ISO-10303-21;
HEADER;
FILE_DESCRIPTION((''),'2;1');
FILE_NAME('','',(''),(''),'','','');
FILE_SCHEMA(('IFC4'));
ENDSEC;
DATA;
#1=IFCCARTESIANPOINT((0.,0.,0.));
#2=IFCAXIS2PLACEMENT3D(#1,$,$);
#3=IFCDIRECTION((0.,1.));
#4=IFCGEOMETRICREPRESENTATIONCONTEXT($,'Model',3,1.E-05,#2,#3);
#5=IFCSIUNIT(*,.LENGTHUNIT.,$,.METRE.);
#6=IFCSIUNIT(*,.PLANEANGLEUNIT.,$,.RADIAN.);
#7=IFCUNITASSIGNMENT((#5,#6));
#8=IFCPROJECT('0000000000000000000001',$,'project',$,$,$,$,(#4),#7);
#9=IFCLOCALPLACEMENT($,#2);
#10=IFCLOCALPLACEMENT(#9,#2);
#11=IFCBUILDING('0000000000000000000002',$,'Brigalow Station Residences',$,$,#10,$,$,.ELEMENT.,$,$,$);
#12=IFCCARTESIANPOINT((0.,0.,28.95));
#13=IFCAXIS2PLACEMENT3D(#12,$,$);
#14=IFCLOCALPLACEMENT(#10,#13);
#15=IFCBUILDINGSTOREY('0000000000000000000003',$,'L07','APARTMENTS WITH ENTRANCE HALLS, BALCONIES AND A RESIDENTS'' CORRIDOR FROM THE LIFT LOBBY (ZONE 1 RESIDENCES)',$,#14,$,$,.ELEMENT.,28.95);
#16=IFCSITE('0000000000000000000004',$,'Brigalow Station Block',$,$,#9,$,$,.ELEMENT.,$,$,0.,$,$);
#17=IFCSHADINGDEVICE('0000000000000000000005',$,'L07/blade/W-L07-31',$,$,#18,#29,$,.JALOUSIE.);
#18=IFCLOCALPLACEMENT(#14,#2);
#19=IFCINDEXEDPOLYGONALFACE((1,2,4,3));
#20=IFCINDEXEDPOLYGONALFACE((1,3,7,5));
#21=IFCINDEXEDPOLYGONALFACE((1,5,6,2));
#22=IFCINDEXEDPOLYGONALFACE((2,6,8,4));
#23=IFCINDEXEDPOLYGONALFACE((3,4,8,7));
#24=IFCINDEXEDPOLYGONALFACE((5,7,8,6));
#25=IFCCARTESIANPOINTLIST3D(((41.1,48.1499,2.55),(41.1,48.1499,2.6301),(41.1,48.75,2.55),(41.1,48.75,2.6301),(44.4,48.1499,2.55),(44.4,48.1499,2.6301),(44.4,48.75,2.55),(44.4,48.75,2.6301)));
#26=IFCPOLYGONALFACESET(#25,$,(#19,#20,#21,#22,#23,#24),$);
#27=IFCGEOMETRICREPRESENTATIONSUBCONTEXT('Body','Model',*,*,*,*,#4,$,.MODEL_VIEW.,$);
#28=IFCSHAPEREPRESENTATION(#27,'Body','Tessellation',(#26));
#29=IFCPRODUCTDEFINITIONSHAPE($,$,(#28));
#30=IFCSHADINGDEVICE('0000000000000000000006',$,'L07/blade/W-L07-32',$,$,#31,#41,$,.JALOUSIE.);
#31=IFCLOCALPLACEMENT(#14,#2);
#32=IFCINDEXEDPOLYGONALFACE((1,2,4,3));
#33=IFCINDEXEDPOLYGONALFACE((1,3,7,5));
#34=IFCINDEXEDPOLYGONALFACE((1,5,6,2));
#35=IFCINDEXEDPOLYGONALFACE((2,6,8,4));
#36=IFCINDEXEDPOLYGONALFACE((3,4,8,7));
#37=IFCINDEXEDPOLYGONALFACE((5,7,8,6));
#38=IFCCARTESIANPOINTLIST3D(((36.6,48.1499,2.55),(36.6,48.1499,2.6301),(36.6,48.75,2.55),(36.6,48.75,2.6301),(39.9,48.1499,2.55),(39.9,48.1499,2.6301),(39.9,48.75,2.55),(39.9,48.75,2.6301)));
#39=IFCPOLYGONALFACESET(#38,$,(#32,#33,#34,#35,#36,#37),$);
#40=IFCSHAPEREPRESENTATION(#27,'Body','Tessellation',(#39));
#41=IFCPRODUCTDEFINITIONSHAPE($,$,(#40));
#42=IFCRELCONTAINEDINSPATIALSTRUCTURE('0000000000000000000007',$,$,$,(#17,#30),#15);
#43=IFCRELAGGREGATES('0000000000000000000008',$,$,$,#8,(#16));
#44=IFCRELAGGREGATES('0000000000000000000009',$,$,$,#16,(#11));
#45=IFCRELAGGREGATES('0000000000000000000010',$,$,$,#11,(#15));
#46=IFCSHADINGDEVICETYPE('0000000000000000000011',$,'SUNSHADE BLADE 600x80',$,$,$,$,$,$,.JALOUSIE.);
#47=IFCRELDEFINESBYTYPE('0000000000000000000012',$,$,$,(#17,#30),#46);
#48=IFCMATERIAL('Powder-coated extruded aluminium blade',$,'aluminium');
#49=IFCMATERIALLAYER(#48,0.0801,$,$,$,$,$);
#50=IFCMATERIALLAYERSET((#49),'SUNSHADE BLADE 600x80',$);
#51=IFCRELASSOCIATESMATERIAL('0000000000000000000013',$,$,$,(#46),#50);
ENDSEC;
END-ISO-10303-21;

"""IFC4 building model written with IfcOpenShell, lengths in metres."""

from ifc_helpers import new_model, si_unit, direction, frame, origin, origin_2d, place, context, subcontext, project, spatial, rectangle, extrude, material, layer, layer_set, type_object, element, save


model = new_model("IFC4")

# Units and contexts
model_context = context("Model", 3, precision=1e-05, world=origin(), true_north=direction((0.0, 1.0)))
body_context = subcontext(model_context, "Body", "Model", "MODEL_VIEW")
ifc_project = project(units=[si_unit("LENGTHUNIT", "METRE"), si_unit("PLANEANGLEUNIT", "RADIAN")], contexts=[model_context])

# Site, building, storey
site_placement = place(None, origin())
site = spatial("IfcSite", under=ifc_project, at=site_placement, Name="Brigalow Station Block", CompositionType="ELEMENT", RefElevation=0.0)
building_placement = place(site_placement, origin())
building = spatial("IfcBuilding", under=site, at=building_placement, Name="Brigalow Station Residences", CompositionType="ELEMENT")
storey_placement = place(building_placement, frame((0.0, 0.0, 28.95)))
storey = spatial("IfcBuildingStorey", under=building, at=storey_placement, Name="L07", Description="APARTMENTS WITH ENTRANCE HALLS, BALCONIES AND A RESIDENTS' CORRIDOR FROM THE LIFT LOBBY (ZONE 1 RESIDENCES)", CompositionType="ELEMENT", Elevation=28.95)

# Shading devices
ifc_material_1 = material(Name="Powder-coated extruded aluminium blade", Category="aluminium")
ifc_layer_1 = layer(ifc_material_1, 0.0801)
ifc_layer_set_1 = layer_set([ifc_layer_1], Name="SUNSHADE BLADE 600x80")
shading_device_type = type_object("IfcShadingDeviceType", Name="SUNSHADE BLADE 600x80", PredefinedType="JALOUSIE", material=ifc_layer_set_1)
for number, where, z_axis, x_axis, name in (
    (1, (42.75, 48.45, 2.55), (0.0, 0.0, 1.0), (-1.0, 0.0, 0.0), "L07/blade/W-L07-31"),
    (2, (38.25, 48.45, 2.55), (0.0, 0.0, 1.0), (-1.0, 0.0, 0.0), "L07/blade/W-L07-32"),
):
    element("IfcShadingDevice", number, at=place(storey_placement, frame(where, z_axis=z_axis, x_axis=x_axis)), inside=storey, type_object=shading_device_type, Name=name, PredefinedType="JALOUSIE", context=body_context, shape_type="SweptSolid", body=[
        extrude(rectangle(XDim=3.3, YDim=0.6001, at=origin_2d()), origin(), (0.0, 0.0, 1.0), 0.0801),
    ])

save(model, "model.ifc")
